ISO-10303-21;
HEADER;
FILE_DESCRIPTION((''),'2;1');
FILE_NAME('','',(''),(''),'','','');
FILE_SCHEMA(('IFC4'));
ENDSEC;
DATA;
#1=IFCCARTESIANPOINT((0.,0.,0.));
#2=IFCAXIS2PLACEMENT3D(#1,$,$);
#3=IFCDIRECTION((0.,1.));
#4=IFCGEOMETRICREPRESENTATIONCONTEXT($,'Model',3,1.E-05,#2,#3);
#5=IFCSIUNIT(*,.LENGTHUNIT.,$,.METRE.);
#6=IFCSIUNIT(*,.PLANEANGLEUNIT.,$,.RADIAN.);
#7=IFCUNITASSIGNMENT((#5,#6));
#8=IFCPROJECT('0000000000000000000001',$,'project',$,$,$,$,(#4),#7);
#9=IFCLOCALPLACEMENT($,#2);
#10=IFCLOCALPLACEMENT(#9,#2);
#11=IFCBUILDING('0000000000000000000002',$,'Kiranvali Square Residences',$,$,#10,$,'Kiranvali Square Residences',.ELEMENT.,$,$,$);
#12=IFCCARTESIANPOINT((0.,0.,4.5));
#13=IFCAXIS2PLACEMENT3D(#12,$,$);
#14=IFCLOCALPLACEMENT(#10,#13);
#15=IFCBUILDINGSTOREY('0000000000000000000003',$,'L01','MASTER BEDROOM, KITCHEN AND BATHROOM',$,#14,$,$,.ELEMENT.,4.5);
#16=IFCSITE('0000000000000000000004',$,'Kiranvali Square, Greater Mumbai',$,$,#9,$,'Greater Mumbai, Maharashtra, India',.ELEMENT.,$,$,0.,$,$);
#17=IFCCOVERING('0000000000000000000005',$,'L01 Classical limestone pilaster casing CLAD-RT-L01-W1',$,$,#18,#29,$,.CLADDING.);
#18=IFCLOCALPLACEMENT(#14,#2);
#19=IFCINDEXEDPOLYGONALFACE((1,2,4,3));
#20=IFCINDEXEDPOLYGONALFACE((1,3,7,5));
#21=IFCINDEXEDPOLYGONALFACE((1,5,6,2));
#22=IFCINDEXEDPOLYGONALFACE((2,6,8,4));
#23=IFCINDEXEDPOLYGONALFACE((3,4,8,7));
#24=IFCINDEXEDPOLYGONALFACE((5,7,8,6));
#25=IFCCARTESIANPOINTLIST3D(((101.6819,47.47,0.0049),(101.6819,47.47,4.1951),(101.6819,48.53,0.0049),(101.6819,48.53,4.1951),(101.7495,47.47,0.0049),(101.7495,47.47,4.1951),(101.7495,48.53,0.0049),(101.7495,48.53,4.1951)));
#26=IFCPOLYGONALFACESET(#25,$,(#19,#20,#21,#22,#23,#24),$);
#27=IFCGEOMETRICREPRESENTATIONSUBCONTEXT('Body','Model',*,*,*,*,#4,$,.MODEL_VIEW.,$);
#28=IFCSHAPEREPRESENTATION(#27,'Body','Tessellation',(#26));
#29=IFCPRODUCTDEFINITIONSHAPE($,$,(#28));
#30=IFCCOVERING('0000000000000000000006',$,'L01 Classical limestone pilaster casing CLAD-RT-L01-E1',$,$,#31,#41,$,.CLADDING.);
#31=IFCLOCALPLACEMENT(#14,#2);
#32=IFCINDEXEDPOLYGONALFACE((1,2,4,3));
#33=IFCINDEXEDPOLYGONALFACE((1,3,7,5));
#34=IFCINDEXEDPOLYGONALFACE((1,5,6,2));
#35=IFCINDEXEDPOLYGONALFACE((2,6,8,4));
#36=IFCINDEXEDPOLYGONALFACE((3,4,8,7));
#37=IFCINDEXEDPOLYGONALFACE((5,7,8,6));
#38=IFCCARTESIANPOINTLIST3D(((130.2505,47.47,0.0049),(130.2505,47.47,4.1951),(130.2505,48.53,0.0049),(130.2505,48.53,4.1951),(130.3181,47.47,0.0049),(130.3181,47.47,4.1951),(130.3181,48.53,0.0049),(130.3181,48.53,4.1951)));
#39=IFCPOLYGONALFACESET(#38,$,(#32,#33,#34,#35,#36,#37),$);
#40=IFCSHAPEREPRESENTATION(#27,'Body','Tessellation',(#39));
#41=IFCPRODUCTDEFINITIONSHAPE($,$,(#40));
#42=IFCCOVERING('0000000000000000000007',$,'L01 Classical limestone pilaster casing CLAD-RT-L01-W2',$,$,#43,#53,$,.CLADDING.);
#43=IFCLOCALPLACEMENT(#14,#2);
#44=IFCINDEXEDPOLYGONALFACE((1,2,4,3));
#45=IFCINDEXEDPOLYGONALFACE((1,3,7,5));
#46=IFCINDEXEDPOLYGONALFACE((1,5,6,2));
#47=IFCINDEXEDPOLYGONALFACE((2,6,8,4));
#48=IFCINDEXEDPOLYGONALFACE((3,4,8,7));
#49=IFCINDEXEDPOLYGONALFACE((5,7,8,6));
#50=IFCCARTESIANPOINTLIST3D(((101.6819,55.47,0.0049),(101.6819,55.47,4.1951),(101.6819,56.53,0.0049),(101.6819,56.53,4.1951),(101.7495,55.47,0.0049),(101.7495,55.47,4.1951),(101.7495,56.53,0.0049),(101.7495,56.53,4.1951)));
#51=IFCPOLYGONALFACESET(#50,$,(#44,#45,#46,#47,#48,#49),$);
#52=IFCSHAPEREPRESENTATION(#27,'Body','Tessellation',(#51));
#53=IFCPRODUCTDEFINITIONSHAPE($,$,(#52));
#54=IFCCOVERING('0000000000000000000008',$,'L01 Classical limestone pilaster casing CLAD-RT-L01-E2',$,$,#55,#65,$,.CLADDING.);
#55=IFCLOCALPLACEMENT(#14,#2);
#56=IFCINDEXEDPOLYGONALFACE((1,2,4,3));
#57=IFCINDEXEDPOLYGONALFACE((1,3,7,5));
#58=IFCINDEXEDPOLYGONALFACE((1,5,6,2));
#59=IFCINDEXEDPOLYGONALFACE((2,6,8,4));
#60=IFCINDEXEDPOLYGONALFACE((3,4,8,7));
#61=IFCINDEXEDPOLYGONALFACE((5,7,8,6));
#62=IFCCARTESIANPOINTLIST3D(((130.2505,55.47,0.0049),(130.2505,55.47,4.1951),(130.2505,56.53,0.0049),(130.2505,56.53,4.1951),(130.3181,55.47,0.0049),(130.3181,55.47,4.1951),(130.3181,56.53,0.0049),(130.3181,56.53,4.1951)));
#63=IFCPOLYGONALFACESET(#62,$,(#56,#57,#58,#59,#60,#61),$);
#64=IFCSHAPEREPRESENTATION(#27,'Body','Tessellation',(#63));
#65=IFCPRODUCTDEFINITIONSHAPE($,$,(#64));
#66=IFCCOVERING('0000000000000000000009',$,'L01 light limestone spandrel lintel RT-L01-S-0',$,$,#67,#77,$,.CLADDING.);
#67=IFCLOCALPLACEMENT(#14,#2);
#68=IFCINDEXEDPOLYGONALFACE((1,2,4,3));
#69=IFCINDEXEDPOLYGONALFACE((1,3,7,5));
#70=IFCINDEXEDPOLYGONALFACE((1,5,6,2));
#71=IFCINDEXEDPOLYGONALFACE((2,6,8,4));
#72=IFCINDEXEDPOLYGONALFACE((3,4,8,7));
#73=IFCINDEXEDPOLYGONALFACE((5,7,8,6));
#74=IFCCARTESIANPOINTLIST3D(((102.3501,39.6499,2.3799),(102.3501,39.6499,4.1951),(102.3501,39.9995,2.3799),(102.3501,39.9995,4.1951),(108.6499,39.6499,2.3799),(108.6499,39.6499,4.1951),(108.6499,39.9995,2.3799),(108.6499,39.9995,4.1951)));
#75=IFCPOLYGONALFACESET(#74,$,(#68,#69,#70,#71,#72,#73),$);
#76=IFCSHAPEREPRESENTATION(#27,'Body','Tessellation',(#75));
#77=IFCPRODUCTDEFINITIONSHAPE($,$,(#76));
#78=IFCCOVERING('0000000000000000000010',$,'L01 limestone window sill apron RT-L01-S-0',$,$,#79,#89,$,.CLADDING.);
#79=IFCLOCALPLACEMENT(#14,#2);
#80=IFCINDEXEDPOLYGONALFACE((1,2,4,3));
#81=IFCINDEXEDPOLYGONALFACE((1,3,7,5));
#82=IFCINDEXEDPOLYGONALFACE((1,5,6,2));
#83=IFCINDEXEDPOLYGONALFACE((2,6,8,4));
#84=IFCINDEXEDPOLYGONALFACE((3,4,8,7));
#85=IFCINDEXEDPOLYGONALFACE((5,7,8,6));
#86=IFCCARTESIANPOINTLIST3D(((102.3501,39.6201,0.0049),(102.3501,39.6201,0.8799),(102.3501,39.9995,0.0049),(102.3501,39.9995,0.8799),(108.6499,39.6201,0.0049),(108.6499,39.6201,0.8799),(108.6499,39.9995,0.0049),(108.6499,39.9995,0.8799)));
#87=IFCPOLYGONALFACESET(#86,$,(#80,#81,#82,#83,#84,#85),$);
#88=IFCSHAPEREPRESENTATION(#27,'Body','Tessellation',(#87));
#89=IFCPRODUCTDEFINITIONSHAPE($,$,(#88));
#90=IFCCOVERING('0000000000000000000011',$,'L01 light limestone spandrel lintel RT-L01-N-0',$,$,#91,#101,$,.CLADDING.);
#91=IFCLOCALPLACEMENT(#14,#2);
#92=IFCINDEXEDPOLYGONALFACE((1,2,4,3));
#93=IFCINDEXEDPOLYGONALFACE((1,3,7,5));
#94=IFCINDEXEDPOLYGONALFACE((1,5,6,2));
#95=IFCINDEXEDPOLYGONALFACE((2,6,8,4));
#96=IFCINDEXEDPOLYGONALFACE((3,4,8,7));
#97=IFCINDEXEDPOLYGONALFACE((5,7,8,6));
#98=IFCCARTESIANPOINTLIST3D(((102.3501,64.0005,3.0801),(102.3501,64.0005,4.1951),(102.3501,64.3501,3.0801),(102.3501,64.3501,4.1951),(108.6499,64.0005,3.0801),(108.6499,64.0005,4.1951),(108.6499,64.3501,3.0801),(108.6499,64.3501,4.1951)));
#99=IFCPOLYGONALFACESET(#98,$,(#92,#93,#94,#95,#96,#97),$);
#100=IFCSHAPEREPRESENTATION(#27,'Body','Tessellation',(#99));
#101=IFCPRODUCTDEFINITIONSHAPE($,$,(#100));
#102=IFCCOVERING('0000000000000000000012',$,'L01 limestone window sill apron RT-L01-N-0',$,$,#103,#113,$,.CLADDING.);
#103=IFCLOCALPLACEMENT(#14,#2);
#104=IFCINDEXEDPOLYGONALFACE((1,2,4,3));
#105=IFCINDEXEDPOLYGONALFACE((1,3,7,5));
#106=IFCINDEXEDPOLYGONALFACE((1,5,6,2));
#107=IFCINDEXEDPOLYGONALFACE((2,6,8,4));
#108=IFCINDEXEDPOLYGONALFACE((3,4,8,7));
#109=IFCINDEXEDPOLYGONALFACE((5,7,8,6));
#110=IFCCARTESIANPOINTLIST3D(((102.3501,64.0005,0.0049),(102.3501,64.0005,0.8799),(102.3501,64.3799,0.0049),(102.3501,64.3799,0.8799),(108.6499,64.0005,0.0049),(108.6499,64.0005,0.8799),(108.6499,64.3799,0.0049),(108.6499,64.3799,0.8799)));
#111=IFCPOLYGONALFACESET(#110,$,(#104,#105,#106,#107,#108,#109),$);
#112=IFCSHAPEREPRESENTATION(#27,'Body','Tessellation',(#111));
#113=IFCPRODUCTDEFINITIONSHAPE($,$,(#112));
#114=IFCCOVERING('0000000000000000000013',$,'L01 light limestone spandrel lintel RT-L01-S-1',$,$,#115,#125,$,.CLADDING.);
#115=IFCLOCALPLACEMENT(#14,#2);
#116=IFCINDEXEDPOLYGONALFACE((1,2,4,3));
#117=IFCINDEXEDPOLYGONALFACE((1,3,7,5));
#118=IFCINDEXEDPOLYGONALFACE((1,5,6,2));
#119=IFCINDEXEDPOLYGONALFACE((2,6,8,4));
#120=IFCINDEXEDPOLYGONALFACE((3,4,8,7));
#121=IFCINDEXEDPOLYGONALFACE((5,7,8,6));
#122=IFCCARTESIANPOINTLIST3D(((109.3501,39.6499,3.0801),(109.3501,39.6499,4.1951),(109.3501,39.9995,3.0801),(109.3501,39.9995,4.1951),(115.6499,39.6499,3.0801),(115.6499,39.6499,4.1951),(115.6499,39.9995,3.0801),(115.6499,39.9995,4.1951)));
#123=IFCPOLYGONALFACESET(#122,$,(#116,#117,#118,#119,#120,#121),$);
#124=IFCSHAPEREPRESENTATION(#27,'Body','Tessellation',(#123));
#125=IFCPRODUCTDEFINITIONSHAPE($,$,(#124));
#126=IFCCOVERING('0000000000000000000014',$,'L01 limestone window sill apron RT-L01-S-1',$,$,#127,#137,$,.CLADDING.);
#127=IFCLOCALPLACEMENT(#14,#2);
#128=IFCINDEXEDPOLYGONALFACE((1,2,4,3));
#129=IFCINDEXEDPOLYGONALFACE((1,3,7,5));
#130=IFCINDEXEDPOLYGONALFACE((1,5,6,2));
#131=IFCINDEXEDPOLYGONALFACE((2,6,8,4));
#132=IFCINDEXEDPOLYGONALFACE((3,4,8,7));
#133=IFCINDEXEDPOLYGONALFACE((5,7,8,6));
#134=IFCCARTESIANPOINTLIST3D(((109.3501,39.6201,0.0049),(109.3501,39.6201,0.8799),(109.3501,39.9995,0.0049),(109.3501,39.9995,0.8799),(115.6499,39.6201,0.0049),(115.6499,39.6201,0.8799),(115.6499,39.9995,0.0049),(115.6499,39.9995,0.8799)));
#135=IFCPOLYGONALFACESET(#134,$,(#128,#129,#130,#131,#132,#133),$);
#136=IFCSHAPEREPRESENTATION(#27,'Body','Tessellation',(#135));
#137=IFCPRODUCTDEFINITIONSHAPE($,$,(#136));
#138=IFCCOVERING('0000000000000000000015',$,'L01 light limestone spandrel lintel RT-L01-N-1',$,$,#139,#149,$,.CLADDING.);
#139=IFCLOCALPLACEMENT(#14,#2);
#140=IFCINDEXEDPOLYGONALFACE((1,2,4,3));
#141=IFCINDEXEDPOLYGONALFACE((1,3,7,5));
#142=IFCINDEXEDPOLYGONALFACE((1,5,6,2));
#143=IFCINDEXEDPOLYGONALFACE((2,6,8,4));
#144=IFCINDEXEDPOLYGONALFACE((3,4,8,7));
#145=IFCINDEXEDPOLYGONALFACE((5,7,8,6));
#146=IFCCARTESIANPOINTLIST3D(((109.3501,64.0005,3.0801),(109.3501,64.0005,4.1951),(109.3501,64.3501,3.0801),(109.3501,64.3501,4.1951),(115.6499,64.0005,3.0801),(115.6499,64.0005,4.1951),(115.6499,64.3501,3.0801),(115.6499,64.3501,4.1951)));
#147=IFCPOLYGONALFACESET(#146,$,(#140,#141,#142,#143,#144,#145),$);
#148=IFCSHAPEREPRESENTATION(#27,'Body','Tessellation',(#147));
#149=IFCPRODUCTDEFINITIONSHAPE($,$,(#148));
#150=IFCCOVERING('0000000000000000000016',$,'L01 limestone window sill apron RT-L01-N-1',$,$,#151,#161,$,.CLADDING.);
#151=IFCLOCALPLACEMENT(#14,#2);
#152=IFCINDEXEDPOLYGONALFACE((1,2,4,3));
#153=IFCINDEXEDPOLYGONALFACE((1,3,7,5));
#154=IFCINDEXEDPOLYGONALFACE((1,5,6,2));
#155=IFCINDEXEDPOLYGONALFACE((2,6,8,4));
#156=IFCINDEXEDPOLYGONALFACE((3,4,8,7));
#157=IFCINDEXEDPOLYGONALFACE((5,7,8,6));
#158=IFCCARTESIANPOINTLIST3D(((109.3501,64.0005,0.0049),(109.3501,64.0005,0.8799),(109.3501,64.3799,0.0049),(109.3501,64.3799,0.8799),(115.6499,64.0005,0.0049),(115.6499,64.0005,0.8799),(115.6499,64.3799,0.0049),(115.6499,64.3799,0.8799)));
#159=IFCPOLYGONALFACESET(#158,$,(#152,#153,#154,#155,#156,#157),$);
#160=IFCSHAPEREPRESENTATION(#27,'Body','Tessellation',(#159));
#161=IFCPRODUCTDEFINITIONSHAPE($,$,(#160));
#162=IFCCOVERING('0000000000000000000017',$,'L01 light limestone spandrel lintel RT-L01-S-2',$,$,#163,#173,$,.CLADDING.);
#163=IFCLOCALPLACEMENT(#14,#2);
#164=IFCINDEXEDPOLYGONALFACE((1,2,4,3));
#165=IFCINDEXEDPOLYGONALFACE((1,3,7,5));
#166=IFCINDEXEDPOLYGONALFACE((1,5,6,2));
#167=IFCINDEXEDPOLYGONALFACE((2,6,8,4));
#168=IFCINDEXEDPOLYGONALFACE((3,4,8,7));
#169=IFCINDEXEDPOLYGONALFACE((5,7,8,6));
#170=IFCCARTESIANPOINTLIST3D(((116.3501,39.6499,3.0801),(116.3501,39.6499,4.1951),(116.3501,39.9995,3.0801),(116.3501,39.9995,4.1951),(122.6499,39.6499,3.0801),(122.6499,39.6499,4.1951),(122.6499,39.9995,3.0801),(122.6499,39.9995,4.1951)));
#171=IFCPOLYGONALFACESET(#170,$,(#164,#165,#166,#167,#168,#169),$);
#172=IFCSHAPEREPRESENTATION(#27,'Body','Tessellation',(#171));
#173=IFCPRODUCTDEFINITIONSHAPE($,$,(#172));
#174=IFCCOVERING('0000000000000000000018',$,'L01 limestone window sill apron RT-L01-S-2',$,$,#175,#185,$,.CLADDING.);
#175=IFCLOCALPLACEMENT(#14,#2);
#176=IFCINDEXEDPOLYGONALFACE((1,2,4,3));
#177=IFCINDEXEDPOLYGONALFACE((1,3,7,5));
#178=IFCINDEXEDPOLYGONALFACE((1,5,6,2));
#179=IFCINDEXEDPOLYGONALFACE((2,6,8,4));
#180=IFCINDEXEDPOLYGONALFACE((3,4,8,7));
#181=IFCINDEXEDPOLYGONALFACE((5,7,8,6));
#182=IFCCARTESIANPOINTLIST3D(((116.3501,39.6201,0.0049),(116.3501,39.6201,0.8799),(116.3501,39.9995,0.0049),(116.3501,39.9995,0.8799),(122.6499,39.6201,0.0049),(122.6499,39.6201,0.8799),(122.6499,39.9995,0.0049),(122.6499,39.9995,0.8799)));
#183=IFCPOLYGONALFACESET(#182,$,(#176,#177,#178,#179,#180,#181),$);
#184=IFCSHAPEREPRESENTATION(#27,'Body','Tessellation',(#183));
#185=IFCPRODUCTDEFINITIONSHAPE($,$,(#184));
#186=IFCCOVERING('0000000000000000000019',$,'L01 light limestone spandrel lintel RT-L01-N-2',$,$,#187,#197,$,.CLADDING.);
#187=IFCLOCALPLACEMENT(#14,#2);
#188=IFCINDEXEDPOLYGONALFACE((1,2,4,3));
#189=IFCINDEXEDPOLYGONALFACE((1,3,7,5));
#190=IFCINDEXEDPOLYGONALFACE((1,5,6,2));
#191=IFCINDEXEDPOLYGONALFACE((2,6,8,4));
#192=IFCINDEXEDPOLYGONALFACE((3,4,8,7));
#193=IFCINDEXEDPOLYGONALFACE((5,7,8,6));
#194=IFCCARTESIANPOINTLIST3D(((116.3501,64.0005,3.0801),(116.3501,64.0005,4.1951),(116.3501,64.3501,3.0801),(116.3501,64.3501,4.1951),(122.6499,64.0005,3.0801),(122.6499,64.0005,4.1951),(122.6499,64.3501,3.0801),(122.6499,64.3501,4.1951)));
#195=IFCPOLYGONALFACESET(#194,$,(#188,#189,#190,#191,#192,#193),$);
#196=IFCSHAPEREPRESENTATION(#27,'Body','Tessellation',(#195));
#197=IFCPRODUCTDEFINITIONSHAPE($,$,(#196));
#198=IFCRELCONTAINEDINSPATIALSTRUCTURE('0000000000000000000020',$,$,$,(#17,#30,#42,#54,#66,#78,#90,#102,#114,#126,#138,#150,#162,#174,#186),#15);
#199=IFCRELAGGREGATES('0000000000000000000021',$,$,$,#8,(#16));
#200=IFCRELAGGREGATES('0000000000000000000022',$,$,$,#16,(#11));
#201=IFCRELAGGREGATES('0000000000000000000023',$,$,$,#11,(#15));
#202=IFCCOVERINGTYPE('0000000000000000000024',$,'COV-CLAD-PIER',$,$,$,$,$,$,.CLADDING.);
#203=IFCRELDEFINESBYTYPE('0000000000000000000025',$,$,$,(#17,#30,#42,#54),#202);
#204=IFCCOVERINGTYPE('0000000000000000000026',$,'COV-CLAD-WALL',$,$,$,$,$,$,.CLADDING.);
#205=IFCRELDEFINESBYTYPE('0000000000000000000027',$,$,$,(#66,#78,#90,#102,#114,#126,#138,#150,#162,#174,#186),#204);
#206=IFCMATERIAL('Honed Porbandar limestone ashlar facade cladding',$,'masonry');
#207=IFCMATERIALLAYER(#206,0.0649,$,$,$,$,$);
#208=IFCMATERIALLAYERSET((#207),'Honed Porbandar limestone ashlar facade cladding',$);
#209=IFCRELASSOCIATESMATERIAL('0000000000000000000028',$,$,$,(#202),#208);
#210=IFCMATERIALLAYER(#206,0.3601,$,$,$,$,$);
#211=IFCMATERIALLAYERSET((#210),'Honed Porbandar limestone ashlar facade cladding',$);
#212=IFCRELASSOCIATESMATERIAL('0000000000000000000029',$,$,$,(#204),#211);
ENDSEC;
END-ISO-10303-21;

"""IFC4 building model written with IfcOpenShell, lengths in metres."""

from ifc_helpers import new_model, si_unit, direction, frame, origin, place, context, subcontext, project, spatial, polyline, outline, extrude, material, layer, layer_set, type_object, element, save


model = new_model("IFC4")

# Units and contexts
model_context = context("Model", 3, precision=1e-05, world=origin(), true_north=direction((0.0, 1.0)))
body_context = subcontext(model_context, "Body", "Model", "MODEL_VIEW")
ifc_project = project(units=[si_unit("LENGTHUNIT", "METRE"), si_unit("PLANEANGLEUNIT", "RADIAN")], contexts=[model_context])

# Site, building, storey
site_placement = place(None, origin())
site = spatial("IfcSite", under=ifc_project, at=site_placement, Name="Kiranvali Square, Greater Mumbai", LongName="Greater Mumbai, Maharashtra, India", CompositionType="ELEMENT", RefElevation=0.0)
building_placement = place(site_placement, origin())
building = spatial("IfcBuilding", under=site, at=building_placement, Name="Kiranvali Square Residences", LongName="Kiranvali Square Residences", CompositionType="ELEMENT")
storey_placement = place(building_placement, frame((0.0, 0.0, 4.5)))
storey = spatial("IfcBuildingStorey", under=building, at=storey_placement, Name="L01", Description="MASTER BEDROOM, KITCHEN AND BATHROOM", CompositionType="ELEMENT", Elevation=4.5)

# Coverings
ifc_material = material(Name="Honed Porbandar limestone ashlar facade cladding", Category="masonry")
ifc_layer_1 = layer(ifc_material, 0.0649)
ifc_layer_set_1 = layer_set([ifc_layer_1], Name="Honed Porbandar limestone ashlar facade cladding")
covering_type_1 = type_object("IfcCoveringType", Name="COV-CLAD-PIER", PredefinedType="CLADDING", material=ifc_layer_set_1)
covering_1_placement = place(storey_placement, frame((0.0, 0.0, 0.0049)))
element("IfcCovering", 1, at=covering_1_placement, inside=storey, type_object=covering_type_1, Name="L01 Classical limestone pilaster casing CLAD-RT-L01-W1", PredefinedType="CLADDING", context=body_context, shape_type="SweptSolid", body=[
    extrude(outline(polyline([(101.7495, 47.47), (101.7495, 48.53), (101.6819, 48.53), (101.6819, 47.47), (101.7495, 47.47)])), origin(), (0.0, 0.0, 1.0), 4.1902),
])
covering_2_placement = place(storey_placement, frame((0.0, 0.0, 0.0049)))
element("IfcCovering", 2, at=covering_2_placement, inside=storey, type_object=covering_type_1, Name="L01 Classical limestone pilaster casing CLAD-RT-L01-E1", PredefinedType="CLADDING", context=body_context, shape_type="SweptSolid", body=[
    extrude(outline(polyline([(130.3181, 47.47), (130.3181, 48.53), (130.2505, 48.53), (130.2505, 47.47), (130.3181, 47.47)])), origin(), (0.0, 0.0, 1.0), 4.1902),
])
covering_3_placement = place(storey_placement, frame((0.0, 0.0, 0.0049)))
element("IfcCovering", 3, at=covering_3_placement, inside=storey, type_object=covering_type_1, Name="L01 Classical limestone pilaster casing CLAD-RT-L01-W2", PredefinedType="CLADDING", context=body_context, shape_type="SweptSolid", body=[
    extrude(outline(polyline([(101.7495, 55.47), (101.7495, 56.53), (101.6819, 56.53), (101.6819, 55.47), (101.7495, 55.47)])), origin(), (0.0, 0.0, 1.0), 4.1902),
])
covering_4_placement = place(storey_placement, frame((0.0, 0.0, 0.0049)))
element("IfcCovering", 4, at=covering_4_placement, inside=storey, type_object=covering_type_1, Name="L01 Classical limestone pilaster casing CLAD-RT-L01-E2", PredefinedType="CLADDING", context=body_context, shape_type="SweptSolid", body=[
    extrude(outline(polyline([(130.3181, 55.47), (130.3181, 56.53), (130.2505, 56.53), (130.2505, 55.47), (130.3181, 55.47)])), origin(), (0.0, 0.0, 1.0), 4.1902),
])
ifc_layer_2 = layer(ifc_material, 0.3601)
ifc_layer_set_2 = layer_set([ifc_layer_2], Name="Honed Porbandar limestone ashlar facade cladding")
covering_type_2 = type_object("IfcCoveringType", Name="COV-CLAD-WALL", PredefinedType="CLADDING", material=ifc_layer_set_2)
covering_5_placement = place(storey_placement, frame((0.0, 0.0, 2.3799)))
element("IfcCovering", 5, at=covering_5_placement, inside=storey, type_object=covering_type_2, Name="L01 light limestone spandrel lintel RT-L01-S-0", PredefinedType="CLADDING", context=body_context, shape_type="SweptSolid", body=[
    extrude(outline(polyline([(102.3501, 39.6499), (108.6499, 39.6499), (108.6499, 39.9995), (102.3501, 39.9995), (102.3501, 39.6499)])), origin(), (0.0, 0.0, 1.0), 1.8152),
])
covering_6_placement = place(storey_placement, frame((0.0, 0.0, 0.0049)))
element("IfcCovering", 6, at=covering_6_placement, inside=storey, type_object=covering_type_2, Name="L01 limestone window sill apron RT-L01-S-0", PredefinedType="CLADDING", context=body_context, shape_type="SweptSolid", body=[
    extrude(outline(polyline([(102.3501, 39.6201), (108.6499, 39.6201), (108.6499, 39.9995), (102.3501, 39.9995), (102.3501, 39.6201)])), origin(), (0.0, 0.0, 1.0), 0.875),
])
covering_7_placement = place(storey_placement, frame((0.0, 0.0, 3.0801)))
element("IfcCovering", 7, at=covering_7_placement, inside=storey, type_object=covering_type_2, Name="L01 light limestone spandrel lintel RT-L01-N-0", PredefinedType="CLADDING", context=body_context, shape_type="SweptSolid", body=[
    extrude(outline(polyline([(102.3501, 64.0005), (108.6499, 64.0005), (108.6499, 64.3501), (102.3501, 64.3501), (102.3501, 64.0005)])), origin(), (0.0, 0.0, 1.0), 1.115),
])
covering_8_placement = place(storey_placement, frame((0.0, 0.0, 0.0049)))
element("IfcCovering", 8, at=covering_8_placement, inside=storey, type_object=covering_type_2, Name="L01 limestone window sill apron RT-L01-N-0", PredefinedType="CLADDING", context=body_context, shape_type="SweptSolid", body=[
    extrude(outline(polyline([(102.3501, 64.0005), (108.6499, 64.0005), (108.6499, 64.3799), (102.3501, 64.3799), (102.3501, 64.0005)])), origin(), (0.0, 0.0, 1.0), 0.875),
])
covering_9_placement = place(storey_placement, frame((0.0, 0.0, 3.0801)))
element("IfcCovering", 9, at=covering_9_placement, inside=storey, type_object=covering_type_2, Name="L01 light limestone spandrel lintel RT-L01-S-1", PredefinedType="CLADDING", context=body_context, shape_type="SweptSolid", body=[
    extrude(outline(polyline([(109.3501, 39.6499), (115.6499, 39.6499), (115.6499, 39.9995), (109.3501, 39.9995), (109.3501, 39.6499)])), origin(), (0.0, 0.0, 1.0), 1.115),
])
covering_10_placement = place(storey_placement, frame((0.0, 0.0, 0.0049)))
element("IfcCovering", 10, at=covering_10_placement, inside=storey, type_object=covering_type_2, Name="L01 limestone window sill apron RT-L01-S-1", PredefinedType="CLADDING", context=body_context, shape_type="SweptSolid", body=[
    extrude(outline(polyline([(109.3501, 39.6201), (115.6499, 39.6201), (115.6499, 39.9995), (109.3501, 39.9995), (109.3501, 39.6201)])), origin(), (0.0, 0.0, 1.0), 0.875),
])
covering_11_placement = place(storey_placement, frame((0.0, 0.0, 3.0801)))
element("IfcCovering", 11, at=covering_11_placement, inside=storey, type_object=covering_type_2, Name="L01 light limestone spandrel lintel RT-L01-N-1", PredefinedType="CLADDING", context=body_context, shape_type="SweptSolid", body=[
    extrude(outline(polyline([(109.3501, 64.0005), (115.6499, 64.0005), (115.6499, 64.3501), (109.3501, 64.3501), (109.3501, 64.0005)])), origin(), (0.0, 0.0, 1.0), 1.115),
])
covering_12_placement = place(storey_placement, frame((0.0, 0.0, 0.0049)))
element("IfcCovering", 12, at=covering_12_placement, inside=storey, type_object=covering_type_2, Name="L01 limestone window sill apron RT-L01-N-1", PredefinedType="CLADDING", context=body_context, shape_type="SweptSolid", body=[
    extrude(outline(polyline([(109.3501, 64.0005), (115.6499, 64.0005), (115.6499, 64.3799), (109.3501, 64.3799), (109.3501, 64.0005)])), origin(), (0.0, 0.0, 1.0), 0.875),
])
covering_13_placement = place(storey_placement, frame((0.0, 0.0, 3.0801)))
element("IfcCovering", 13, at=covering_13_placement, inside=storey, type_object=covering_type_2, Name="L01 light limestone spandrel lintel RT-L01-S-2", PredefinedType="CLADDING", context=body_context, shape_type="SweptSolid", body=[
    extrude(outline(polyline([(116.3501, 39.6499), (122.6499, 39.6499), (122.6499, 39.9995), (116.3501, 39.9995), (116.3501, 39.6499)])), origin(), (0.0, 0.0, 1.0), 1.115),
])
covering_14_placement = place(storey_placement, frame((0.0, 0.0, 0.0049)))
element("IfcCovering", 14, at=covering_14_placement, inside=storey, type_object=covering_type_2, Name="L01 limestone window sill apron RT-L01-S-2", PredefinedType="CLADDING", context=body_context, shape_type="SweptSolid", body=[
    extrude(outline(polyline([(116.3501, 39.6201), (122.6499, 39.6201), (122.6499, 39.9995), (116.3501, 39.9995), (116.3501, 39.6201)])), origin(), (0.0, 0.0, 1.0), 0.875),
])
covering_15_placement = place(storey_placement, frame((0.0, 0.0, 3.0801)))
element("IfcCovering", 15, at=covering_15_placement, inside=storey, type_object=covering_type_2, Name="L01 light limestone spandrel lintel RT-L01-N-2", PredefinedType="CLADDING", context=body_context, shape_type="SweptSolid", body=[
    extrude(outline(polyline([(116.3501, 64.0005), (122.6499, 64.0005), (122.6499, 64.3501), (116.3501, 64.3501), (116.3501, 64.0005)])), origin(), (0.0, 0.0, 1.0), 1.115),
])

save(model, "model.ifc")
